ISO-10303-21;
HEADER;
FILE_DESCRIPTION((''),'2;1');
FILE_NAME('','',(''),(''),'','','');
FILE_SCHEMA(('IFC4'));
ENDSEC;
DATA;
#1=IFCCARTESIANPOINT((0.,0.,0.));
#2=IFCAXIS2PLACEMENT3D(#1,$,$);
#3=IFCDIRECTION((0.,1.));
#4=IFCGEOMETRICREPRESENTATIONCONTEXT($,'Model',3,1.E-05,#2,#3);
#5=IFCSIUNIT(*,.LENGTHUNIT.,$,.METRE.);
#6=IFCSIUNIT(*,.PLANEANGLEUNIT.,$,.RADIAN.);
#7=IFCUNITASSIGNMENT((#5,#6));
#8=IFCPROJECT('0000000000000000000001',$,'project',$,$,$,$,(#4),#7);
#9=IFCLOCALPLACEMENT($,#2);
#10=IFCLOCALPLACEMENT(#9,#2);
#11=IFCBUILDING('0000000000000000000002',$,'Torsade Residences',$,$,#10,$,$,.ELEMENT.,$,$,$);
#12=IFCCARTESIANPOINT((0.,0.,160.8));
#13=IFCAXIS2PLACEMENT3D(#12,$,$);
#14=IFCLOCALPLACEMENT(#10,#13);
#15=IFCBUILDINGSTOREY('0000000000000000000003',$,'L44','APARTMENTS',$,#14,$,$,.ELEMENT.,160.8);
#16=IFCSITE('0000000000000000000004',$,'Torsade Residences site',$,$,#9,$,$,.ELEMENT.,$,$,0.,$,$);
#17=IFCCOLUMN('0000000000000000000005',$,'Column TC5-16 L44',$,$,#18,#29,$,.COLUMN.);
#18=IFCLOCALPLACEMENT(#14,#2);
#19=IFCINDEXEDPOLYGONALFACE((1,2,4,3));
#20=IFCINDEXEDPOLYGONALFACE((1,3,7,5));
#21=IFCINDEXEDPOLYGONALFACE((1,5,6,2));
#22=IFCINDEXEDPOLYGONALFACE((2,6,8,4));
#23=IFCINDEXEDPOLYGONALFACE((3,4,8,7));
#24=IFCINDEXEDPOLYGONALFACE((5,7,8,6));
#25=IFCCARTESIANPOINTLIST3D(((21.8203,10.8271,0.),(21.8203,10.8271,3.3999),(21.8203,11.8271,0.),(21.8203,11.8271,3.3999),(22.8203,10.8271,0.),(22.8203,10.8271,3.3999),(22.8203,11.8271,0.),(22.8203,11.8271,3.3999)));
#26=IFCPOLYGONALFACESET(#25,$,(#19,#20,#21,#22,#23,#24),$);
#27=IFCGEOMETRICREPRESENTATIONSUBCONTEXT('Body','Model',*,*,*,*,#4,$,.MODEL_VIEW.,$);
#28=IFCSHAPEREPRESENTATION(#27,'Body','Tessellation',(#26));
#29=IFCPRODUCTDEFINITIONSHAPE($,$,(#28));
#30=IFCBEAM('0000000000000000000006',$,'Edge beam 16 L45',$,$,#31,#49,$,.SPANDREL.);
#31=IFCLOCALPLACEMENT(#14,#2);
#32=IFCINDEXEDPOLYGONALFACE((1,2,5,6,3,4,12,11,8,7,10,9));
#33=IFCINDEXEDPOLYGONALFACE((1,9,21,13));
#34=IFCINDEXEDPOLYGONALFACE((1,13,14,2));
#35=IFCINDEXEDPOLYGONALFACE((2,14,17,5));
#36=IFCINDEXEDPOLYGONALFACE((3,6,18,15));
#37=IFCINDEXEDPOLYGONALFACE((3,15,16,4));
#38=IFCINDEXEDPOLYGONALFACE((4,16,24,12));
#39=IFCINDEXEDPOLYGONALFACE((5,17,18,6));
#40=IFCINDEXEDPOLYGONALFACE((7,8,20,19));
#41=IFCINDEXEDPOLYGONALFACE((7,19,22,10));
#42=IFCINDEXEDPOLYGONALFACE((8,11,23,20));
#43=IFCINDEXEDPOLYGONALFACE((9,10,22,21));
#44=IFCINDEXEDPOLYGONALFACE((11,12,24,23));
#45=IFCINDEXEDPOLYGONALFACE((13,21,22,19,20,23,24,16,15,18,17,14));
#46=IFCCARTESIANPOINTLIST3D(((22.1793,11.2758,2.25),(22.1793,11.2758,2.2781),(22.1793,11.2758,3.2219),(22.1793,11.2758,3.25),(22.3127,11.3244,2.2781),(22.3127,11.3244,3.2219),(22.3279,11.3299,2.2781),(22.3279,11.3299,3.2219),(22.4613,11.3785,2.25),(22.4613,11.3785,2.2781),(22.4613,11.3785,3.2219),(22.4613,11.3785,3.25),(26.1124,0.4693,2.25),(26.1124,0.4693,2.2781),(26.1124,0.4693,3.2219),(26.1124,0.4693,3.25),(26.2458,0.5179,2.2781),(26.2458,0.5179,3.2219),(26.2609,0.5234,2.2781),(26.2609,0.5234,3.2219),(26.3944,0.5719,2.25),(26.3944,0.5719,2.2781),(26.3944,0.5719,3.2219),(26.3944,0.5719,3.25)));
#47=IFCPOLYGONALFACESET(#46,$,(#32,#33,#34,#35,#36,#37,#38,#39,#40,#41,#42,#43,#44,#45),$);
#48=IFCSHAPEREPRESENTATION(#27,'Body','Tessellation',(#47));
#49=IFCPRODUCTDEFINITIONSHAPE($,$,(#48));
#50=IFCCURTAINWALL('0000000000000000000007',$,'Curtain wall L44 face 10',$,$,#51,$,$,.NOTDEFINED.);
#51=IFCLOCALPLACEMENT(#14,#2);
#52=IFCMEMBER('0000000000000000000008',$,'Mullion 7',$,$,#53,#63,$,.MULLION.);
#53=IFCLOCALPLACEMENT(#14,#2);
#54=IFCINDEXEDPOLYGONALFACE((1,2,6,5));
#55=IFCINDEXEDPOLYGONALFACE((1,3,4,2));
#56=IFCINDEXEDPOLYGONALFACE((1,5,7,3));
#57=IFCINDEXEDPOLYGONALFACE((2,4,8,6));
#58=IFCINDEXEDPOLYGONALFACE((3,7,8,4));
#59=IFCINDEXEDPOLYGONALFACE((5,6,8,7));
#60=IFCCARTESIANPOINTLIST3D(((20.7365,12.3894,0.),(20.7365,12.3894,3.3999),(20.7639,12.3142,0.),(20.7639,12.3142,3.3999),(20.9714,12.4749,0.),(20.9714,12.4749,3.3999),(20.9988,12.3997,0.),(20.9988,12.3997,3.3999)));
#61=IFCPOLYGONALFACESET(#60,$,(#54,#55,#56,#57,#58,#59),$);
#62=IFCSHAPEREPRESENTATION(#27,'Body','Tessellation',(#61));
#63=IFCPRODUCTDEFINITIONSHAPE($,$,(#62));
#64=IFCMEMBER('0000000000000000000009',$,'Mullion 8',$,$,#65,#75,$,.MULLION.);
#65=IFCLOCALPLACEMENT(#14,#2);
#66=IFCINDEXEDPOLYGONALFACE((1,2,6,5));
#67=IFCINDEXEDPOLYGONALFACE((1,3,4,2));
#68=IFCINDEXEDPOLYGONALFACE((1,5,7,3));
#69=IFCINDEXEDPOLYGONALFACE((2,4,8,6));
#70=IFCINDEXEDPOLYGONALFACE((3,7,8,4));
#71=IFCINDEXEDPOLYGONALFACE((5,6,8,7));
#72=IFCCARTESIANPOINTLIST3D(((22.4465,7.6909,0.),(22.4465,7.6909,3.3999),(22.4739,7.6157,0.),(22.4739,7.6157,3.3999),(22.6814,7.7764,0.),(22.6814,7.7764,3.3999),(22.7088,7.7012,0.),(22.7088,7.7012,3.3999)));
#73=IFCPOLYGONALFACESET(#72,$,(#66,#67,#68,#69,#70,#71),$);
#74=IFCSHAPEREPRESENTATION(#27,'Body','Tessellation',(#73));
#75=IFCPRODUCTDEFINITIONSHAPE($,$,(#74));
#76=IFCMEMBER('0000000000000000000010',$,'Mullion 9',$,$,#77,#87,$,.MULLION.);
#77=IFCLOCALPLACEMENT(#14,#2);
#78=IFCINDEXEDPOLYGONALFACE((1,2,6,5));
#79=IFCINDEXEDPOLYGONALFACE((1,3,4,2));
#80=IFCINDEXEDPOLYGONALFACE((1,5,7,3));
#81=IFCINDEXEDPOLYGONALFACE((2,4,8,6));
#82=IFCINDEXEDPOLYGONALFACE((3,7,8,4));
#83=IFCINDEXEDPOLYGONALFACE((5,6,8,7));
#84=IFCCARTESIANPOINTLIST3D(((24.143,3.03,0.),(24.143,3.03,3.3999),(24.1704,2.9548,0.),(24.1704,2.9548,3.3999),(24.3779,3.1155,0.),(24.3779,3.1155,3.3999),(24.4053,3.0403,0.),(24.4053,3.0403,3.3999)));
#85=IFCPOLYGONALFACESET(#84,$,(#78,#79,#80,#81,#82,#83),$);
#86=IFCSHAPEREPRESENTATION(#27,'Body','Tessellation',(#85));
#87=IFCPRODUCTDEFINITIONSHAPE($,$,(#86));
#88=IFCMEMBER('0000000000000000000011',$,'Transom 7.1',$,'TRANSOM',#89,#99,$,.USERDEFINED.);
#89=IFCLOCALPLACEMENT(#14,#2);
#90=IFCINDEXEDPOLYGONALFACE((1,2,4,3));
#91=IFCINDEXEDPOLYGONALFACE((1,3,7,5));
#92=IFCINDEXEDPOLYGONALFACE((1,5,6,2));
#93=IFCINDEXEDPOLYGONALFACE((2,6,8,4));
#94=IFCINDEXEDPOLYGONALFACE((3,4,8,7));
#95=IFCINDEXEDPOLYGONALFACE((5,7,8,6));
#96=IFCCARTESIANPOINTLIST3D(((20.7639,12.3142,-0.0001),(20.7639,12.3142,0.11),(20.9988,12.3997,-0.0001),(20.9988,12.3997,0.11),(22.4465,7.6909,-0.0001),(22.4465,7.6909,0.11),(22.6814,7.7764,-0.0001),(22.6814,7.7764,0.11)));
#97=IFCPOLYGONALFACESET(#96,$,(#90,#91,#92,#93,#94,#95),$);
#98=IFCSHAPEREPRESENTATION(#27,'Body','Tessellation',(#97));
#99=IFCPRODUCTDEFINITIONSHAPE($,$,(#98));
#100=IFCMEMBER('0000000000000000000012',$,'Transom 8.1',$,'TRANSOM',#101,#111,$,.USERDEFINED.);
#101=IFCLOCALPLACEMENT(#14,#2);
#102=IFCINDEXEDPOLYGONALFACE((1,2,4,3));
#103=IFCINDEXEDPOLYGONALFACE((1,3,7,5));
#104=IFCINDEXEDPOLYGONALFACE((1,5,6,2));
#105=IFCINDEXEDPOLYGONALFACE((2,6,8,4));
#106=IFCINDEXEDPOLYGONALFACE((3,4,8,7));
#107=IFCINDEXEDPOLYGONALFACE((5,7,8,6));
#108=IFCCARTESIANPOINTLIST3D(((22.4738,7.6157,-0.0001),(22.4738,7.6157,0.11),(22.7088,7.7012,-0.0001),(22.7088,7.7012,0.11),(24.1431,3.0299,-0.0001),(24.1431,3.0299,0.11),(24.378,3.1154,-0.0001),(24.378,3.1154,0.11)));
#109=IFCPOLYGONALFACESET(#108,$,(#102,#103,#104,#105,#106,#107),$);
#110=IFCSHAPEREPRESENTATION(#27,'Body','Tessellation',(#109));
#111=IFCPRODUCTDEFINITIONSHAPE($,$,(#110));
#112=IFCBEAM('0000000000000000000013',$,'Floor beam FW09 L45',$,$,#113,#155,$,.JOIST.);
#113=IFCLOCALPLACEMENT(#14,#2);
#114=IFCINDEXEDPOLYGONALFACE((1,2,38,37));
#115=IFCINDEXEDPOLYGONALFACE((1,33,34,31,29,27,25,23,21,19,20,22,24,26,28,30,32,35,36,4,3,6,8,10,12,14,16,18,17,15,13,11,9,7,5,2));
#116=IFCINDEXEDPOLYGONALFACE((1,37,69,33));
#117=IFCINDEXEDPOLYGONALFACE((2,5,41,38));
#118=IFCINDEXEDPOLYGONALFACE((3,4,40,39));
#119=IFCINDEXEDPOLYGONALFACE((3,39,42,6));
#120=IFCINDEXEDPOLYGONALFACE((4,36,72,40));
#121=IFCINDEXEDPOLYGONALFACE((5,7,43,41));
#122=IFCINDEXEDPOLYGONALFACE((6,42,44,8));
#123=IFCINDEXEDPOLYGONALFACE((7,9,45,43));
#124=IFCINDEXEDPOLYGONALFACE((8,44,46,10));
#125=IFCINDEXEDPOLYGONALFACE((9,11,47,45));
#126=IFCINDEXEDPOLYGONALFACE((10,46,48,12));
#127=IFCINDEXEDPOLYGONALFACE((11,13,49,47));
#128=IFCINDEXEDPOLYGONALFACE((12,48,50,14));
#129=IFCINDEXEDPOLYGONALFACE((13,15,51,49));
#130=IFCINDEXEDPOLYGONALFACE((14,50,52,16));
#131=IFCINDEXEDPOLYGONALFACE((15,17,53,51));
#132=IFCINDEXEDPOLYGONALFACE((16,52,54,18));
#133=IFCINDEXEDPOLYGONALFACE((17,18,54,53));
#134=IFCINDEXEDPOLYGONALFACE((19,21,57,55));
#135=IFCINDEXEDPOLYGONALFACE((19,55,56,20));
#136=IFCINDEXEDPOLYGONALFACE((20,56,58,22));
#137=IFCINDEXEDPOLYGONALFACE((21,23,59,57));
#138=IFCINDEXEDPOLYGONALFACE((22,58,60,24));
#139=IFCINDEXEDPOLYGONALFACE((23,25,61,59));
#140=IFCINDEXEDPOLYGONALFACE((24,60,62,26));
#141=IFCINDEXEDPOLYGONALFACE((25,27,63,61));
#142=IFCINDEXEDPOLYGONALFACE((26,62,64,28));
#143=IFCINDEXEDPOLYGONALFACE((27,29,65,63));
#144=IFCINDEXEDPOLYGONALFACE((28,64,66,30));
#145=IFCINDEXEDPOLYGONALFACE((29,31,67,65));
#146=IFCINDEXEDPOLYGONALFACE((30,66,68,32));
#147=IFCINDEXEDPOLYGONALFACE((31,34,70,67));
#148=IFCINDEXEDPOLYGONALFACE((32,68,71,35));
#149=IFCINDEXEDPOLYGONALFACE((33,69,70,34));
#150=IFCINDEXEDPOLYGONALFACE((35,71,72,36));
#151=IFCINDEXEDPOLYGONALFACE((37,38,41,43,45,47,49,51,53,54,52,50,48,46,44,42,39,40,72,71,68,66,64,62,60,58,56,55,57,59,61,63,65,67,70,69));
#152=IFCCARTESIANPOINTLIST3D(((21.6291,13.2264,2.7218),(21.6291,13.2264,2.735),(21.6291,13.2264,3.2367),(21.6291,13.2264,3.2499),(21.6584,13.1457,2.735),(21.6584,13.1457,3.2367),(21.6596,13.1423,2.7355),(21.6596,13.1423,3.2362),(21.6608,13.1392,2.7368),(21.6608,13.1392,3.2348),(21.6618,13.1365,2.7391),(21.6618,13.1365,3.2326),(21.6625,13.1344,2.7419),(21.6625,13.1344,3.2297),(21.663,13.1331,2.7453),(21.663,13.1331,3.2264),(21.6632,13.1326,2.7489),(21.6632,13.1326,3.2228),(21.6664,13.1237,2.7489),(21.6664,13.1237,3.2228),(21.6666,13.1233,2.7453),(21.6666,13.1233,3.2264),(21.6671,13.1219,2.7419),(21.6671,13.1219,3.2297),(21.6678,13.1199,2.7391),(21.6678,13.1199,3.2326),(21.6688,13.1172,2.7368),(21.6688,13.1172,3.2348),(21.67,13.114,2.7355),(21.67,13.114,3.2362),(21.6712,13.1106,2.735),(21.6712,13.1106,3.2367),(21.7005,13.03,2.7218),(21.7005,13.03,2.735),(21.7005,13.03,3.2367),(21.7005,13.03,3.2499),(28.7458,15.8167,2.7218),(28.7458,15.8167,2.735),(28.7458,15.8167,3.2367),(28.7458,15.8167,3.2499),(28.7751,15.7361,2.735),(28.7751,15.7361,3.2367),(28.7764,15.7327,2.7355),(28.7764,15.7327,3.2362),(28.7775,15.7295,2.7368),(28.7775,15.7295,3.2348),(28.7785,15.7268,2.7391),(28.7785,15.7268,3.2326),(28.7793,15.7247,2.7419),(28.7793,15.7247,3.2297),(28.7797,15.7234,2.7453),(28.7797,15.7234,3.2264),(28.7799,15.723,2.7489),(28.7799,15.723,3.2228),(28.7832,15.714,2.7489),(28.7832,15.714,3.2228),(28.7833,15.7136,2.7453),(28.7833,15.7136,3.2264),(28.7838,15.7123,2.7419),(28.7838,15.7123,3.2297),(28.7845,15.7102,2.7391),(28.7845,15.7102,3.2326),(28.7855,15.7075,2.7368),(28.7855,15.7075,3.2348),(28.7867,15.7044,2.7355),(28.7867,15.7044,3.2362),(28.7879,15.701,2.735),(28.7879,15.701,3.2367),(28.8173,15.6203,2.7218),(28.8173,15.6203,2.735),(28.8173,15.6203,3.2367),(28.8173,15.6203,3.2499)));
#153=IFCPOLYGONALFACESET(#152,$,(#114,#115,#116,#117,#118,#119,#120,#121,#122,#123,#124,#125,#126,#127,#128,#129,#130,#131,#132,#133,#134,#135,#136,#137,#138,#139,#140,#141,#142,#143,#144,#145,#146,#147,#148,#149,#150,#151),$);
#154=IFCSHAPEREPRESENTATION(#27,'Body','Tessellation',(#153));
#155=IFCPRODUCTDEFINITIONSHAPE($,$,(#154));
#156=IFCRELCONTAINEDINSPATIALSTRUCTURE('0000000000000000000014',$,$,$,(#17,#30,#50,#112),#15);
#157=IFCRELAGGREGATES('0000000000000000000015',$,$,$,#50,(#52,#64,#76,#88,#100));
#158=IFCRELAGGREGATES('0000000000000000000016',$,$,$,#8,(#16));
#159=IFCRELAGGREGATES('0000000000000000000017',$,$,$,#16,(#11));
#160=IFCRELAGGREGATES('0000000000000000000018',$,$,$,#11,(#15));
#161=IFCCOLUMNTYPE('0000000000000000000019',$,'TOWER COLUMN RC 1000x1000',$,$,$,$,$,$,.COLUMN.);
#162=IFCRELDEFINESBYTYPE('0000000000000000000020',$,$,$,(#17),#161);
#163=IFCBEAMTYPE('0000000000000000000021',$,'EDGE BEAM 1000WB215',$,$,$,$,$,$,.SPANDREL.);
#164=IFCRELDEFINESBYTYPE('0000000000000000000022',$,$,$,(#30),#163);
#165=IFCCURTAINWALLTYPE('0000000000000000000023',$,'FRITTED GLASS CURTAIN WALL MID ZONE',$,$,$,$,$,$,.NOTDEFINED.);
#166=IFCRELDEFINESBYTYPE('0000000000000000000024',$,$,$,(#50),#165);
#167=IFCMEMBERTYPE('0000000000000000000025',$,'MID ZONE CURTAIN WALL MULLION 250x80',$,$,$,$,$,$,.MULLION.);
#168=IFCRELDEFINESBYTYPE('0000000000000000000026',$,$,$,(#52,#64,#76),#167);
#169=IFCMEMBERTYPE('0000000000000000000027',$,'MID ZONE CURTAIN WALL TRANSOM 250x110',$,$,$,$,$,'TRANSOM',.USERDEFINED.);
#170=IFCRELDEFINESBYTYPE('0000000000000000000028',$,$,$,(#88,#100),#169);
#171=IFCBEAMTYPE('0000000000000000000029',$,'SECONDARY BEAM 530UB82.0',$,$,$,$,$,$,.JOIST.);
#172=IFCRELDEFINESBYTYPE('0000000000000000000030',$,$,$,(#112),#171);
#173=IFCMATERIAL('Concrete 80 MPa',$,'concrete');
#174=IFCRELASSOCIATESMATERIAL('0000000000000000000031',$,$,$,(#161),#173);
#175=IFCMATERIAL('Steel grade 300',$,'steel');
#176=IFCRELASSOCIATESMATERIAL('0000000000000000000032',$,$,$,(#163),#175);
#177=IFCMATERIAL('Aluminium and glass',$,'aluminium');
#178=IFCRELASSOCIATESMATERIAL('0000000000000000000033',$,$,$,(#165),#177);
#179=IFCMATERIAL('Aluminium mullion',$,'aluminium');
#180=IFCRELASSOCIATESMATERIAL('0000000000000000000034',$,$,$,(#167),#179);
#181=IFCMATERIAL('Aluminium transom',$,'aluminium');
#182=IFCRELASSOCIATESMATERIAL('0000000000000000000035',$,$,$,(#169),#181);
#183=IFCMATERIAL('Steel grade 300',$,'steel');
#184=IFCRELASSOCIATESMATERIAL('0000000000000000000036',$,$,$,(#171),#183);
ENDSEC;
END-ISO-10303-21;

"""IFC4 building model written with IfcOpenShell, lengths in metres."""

from ifc_helpers import new_model, si_unit, direction, frame, origin, origin_2d, place, context, subcontext, project, spatial, rectangle, i_section, extrude, material, material_profile, profile_set, type_object, element, aggregate, save


model = new_model("IFC4")

# Units and contexts
model_context = context("Model", 3, precision=1e-05, world=origin(), true_north=direction((0.0, 1.0)))
body_context = subcontext(model_context, "Body", "Model", "MODEL_VIEW")
ifc_project = project(units=[si_unit("LENGTHUNIT", "METRE"), si_unit("PLANEANGLEUNIT", "RADIAN")], contexts=[model_context])

# Site, building, storey
site_placement = place(None, origin())
site = spatial("IfcSite", under=ifc_project, at=site_placement, Name="Torsade Residences site", CompositionType="ELEMENT", RefElevation=0.0)
building_placement = place(site_placement, origin())
building = spatial("IfcBuilding", under=site, at=building_placement, Name="Torsade Residences", CompositionType="ELEMENT")
storey_placement = place(building_placement, frame((0.0, 0.0, 160.8)))
storey = spatial("IfcBuildingStorey", under=building, at=storey_placement, Name="L44", Description="APARTMENTS", CompositionType="ELEMENT", Elevation=160.8)

# Column
ifc_material_1 = material(Name="Concrete 80 MPa", Category="concrete")
ifc_material_profile_1 = material_profile(ifc_material_1, rectangle(XDim=1.0, YDim=1.0, at=origin_2d()), Name="RC 1000x1000")
ifc_profile_set_1 = profile_set([ifc_material_profile_1], Name="Concrete 80 MPa")
column_type = type_object("IfcColumnType", Name="TOWER COLUMN RC 1000x1000", PredefinedType="COLUMN", material=ifc_profile_set_1)
column_placement = place(storey_placement, frame((22.3203, 11.3271, 0.0), z_axis=(0.0, 0.0, 1.0), x_axis=(1.0, 0.0, 0.0)))
element("IfcColumn", 1, at=column_placement, inside=storey, type_object=column_type, Name="Column TC5-16 L44", PredefinedType="COLUMN", context=body_context, shape_type="SweptSolid", body=[
    extrude(rectangle(XDim=1.0, YDim=1.0, at=origin_2d()), origin(), (0.0, 0.0, 1.0), 3.3999),
])

# Beam
ifc_material_2 = material(Name="Steel grade 300", Category="steel")
ifc_material_profile_2 = material_profile(ifc_material_2, i_section(OverallWidth=0.3, OverallDepth=1.0, WebThickness=0.0161, FlangeThickness=0.0281, at=origin_2d()), Name="1000WB215")
ifc_profile_set_2 = profile_set([ifc_material_profile_2], Name="Steel grade 300")
beam_type_1 = type_object("IfcBeamType", Name="EDGE BEAM 1000WB215", PredefinedType="SPANDREL", material=ifc_profile_set_2)
beam_1_placement = place(storey_placement, frame((22.3203, 11.3271, 2.75), z_axis=(0.342006, -0.939698, 0.0), x_axis=(0.939698, 0.342006, 0.0)))
element("IfcBeam", 2, at=beam_1_placement, inside=storey, type_object=beam_type_1, Name="Edge beam 16 L45", PredefinedType="SPANDREL", context=body_context, shape_type="SweptSolid", body=[
    extrude(i_section(OverallWidth=0.3, OverallDepth=1.0, WebThickness=0.0161, FlangeThickness=0.0281, at=origin_2d()), origin(), (0.0, 0.0, 1.0), 11.5),
])

# Curtain wall, members
ifc_material_3 = material(Name="Aluminium and glass", Category="aluminium")
curtain_wall_type = type_object("IfcCurtainWallType", Name="FRITTED GLASS CURTAIN WALL MID ZONE", PredefinedType="NOTDEFINED", material=ifc_material_3)
curtain_wall_placement = place(storey_placement, origin())
curtain_wall = element("IfcCurtainWall", 3, at=curtain_wall_placement, inside=storey, type_object=curtain_wall_type, Name="Curtain wall L44 face 10", PredefinedType="NOTDEFINED")
ifc_material_4 = material(Name="Aluminium mullion", Category="aluminium")
ifc_material_profile_3 = material_profile(ifc_material_4, rectangle(XDim=0.25, YDim=0.0801, at=origin_2d()), Name="MID ZONE CURTAIN WALL MULLION 250x80")
ifc_profile_set_3 = profile_set([ifc_material_profile_3], Name="Aluminium mullion")
member_type_1 = type_object("IfcMemberType", Name="MID ZONE CURTAIN WALL MULLION 250x80", PredefinedType="MULLION", material=ifc_profile_set_3)
member_1_placement = place(storey_placement, frame((20.8677, 12.3945, 0.0), z_axis=(0.0, 0.0, 1.0), x_axis=(0.939693, 0.34202, 0.0)))
member_1 = element("IfcMember", 4, at=member_1_placement, type_object=member_type_1, Name="Mullion 7", PredefinedType="MULLION", context=body_context, shape_type="SweptSolid", body=[
    extrude(rectangle(XDim=0.25, YDim=0.0801, at=origin_2d()), origin(), (0.0, 0.0, 1.0), 3.3999),
])
member_2_placement = place(storey_placement, frame((22.5776, 7.696, 0.0), z_axis=(0.0, 0.0, 1.0), x_axis=(0.939693, 0.34202, 0.0)))
member_2 = element("IfcMember", 5, at=member_2_placement, type_object=member_type_1, Name="Mullion 8", PredefinedType="MULLION", context=body_context, shape_type="SweptSolid", body=[
    extrude(rectangle(XDim=0.25, YDim=0.0801, at=origin_2d()), origin(), (0.0, 0.0, 1.0), 3.3999),
])
member_3_placement = place(storey_placement, frame((24.2742, 3.0352, 0.0), z_axis=(0.0, 0.0, 1.0), x_axis=(0.939693, 0.34202, 0.0)))
member_3 = element("IfcMember", 6, at=member_3_placement, type_object=member_type_1, Name="Mullion 9", PredefinedType="MULLION", context=body_context, shape_type="SweptSolid", body=[
    extrude(rectangle(XDim=0.25, YDim=0.0801, at=origin_2d()), origin(), (0.0, 0.0, 1.0), 3.3999),
])
ifc_material_5 = material(Name="Aluminium transom", Category="aluminium")
ifc_material_profile_4 = material_profile(ifc_material_5, rectangle(XDim=0.25, YDim=0.1101, at=origin_2d()), Name="MID ZONE CURTAIN WALL TRANSOM 250x110")
ifc_profile_set_4 = profile_set([ifc_material_profile_4], Name="Aluminium transom")
member_type_2 = type_object("IfcMemberType", Name="MID ZONE CURTAIN WALL TRANSOM 250x110", ElementType="TRANSOM", PredefinedType="USERDEFINED", material=ifc_profile_set_4)
member_4_placement = place(storey_placement, frame((20.8813, 12.3569, 0.0549), z_axis=(0.341998, -0.939701, 0.0), x_axis=(0.939701, 0.341998, 0.0)))
member_4 = element("IfcMember", 7, at=member_4_placement, type_object=member_type_2, Name="Transom 7.1", ObjectType="TRANSOM", PredefinedType="USERDEFINED", context=body_context, shape_type="SweptSolid", body=[
    extrude(rectangle(XDim=0.25, YDim=0.1101, at=origin_2d()), origin(), (0.0, 0.0, 1.0), 4.9199),
])
member_5_placement = place(storey_placement, frame((22.5913, 7.6584, 0.0549), z_axis=(0.342044, -0.939684, 0.0), x_axis=(0.939684, 0.342044, 0.0)))
member_5 = element("IfcMember", 8, at=member_5_placement, type_object=member_type_2, Name="Transom 8.1", ObjectType="TRANSOM", PredefinedType="USERDEFINED", context=body_context, shape_type="SweptSolid", body=[
    extrude(rectangle(XDim=0.25, YDim=0.1101, at=origin_2d()), origin(), (0.0, 0.0, 1.0), 4.8801),
])

# Beam
ifc_material_6 = material(Name="Steel grade 300", Category="steel")
ifc_material_profile_5 = material_profile(ifc_material_6, i_section(OverallWidth=0.209, OverallDepth=0.5281, WebThickness=0.0095, FlangeThickness=0.0132, FilletRadius=0.0139, at=origin_2d()), Name="530UB82.0")
ifc_profile_set_5 = profile_set([ifc_material_profile_5], Name="Steel grade 300")
beam_type_2 = type_object("IfcBeamType", Name="SECONDARY BEAM 530UB82.0", PredefinedType="JOIST", material=ifc_profile_set_5)
beam_2_placement = place(storey_placement, frame((21.6648, 13.1282, 2.9858), z_axis=(0.93969, 0.342028, 0.0), x_axis=(-0.342028, 0.93969, 0.0)))
element("IfcBeam", 9, at=beam_2_placement, inside=storey, type_object=beam_type_2, Name="Floor beam FW09 L45", PredefinedType="JOIST", context=body_context, shape_type="SweptSolid", body=[
    extrude(i_section(OverallWidth=0.209, OverallDepth=0.5281, WebThickness=0.0095, FlangeThickness=0.0132, FilletRadius=0.0139, at=origin_2d()), origin(), (0.0, 0.0, 1.0), 7.5735),
])

aggregate(curtain_wall, [member_1, member_2, member_3, member_4, member_5])

save(model, "model.ifc")
